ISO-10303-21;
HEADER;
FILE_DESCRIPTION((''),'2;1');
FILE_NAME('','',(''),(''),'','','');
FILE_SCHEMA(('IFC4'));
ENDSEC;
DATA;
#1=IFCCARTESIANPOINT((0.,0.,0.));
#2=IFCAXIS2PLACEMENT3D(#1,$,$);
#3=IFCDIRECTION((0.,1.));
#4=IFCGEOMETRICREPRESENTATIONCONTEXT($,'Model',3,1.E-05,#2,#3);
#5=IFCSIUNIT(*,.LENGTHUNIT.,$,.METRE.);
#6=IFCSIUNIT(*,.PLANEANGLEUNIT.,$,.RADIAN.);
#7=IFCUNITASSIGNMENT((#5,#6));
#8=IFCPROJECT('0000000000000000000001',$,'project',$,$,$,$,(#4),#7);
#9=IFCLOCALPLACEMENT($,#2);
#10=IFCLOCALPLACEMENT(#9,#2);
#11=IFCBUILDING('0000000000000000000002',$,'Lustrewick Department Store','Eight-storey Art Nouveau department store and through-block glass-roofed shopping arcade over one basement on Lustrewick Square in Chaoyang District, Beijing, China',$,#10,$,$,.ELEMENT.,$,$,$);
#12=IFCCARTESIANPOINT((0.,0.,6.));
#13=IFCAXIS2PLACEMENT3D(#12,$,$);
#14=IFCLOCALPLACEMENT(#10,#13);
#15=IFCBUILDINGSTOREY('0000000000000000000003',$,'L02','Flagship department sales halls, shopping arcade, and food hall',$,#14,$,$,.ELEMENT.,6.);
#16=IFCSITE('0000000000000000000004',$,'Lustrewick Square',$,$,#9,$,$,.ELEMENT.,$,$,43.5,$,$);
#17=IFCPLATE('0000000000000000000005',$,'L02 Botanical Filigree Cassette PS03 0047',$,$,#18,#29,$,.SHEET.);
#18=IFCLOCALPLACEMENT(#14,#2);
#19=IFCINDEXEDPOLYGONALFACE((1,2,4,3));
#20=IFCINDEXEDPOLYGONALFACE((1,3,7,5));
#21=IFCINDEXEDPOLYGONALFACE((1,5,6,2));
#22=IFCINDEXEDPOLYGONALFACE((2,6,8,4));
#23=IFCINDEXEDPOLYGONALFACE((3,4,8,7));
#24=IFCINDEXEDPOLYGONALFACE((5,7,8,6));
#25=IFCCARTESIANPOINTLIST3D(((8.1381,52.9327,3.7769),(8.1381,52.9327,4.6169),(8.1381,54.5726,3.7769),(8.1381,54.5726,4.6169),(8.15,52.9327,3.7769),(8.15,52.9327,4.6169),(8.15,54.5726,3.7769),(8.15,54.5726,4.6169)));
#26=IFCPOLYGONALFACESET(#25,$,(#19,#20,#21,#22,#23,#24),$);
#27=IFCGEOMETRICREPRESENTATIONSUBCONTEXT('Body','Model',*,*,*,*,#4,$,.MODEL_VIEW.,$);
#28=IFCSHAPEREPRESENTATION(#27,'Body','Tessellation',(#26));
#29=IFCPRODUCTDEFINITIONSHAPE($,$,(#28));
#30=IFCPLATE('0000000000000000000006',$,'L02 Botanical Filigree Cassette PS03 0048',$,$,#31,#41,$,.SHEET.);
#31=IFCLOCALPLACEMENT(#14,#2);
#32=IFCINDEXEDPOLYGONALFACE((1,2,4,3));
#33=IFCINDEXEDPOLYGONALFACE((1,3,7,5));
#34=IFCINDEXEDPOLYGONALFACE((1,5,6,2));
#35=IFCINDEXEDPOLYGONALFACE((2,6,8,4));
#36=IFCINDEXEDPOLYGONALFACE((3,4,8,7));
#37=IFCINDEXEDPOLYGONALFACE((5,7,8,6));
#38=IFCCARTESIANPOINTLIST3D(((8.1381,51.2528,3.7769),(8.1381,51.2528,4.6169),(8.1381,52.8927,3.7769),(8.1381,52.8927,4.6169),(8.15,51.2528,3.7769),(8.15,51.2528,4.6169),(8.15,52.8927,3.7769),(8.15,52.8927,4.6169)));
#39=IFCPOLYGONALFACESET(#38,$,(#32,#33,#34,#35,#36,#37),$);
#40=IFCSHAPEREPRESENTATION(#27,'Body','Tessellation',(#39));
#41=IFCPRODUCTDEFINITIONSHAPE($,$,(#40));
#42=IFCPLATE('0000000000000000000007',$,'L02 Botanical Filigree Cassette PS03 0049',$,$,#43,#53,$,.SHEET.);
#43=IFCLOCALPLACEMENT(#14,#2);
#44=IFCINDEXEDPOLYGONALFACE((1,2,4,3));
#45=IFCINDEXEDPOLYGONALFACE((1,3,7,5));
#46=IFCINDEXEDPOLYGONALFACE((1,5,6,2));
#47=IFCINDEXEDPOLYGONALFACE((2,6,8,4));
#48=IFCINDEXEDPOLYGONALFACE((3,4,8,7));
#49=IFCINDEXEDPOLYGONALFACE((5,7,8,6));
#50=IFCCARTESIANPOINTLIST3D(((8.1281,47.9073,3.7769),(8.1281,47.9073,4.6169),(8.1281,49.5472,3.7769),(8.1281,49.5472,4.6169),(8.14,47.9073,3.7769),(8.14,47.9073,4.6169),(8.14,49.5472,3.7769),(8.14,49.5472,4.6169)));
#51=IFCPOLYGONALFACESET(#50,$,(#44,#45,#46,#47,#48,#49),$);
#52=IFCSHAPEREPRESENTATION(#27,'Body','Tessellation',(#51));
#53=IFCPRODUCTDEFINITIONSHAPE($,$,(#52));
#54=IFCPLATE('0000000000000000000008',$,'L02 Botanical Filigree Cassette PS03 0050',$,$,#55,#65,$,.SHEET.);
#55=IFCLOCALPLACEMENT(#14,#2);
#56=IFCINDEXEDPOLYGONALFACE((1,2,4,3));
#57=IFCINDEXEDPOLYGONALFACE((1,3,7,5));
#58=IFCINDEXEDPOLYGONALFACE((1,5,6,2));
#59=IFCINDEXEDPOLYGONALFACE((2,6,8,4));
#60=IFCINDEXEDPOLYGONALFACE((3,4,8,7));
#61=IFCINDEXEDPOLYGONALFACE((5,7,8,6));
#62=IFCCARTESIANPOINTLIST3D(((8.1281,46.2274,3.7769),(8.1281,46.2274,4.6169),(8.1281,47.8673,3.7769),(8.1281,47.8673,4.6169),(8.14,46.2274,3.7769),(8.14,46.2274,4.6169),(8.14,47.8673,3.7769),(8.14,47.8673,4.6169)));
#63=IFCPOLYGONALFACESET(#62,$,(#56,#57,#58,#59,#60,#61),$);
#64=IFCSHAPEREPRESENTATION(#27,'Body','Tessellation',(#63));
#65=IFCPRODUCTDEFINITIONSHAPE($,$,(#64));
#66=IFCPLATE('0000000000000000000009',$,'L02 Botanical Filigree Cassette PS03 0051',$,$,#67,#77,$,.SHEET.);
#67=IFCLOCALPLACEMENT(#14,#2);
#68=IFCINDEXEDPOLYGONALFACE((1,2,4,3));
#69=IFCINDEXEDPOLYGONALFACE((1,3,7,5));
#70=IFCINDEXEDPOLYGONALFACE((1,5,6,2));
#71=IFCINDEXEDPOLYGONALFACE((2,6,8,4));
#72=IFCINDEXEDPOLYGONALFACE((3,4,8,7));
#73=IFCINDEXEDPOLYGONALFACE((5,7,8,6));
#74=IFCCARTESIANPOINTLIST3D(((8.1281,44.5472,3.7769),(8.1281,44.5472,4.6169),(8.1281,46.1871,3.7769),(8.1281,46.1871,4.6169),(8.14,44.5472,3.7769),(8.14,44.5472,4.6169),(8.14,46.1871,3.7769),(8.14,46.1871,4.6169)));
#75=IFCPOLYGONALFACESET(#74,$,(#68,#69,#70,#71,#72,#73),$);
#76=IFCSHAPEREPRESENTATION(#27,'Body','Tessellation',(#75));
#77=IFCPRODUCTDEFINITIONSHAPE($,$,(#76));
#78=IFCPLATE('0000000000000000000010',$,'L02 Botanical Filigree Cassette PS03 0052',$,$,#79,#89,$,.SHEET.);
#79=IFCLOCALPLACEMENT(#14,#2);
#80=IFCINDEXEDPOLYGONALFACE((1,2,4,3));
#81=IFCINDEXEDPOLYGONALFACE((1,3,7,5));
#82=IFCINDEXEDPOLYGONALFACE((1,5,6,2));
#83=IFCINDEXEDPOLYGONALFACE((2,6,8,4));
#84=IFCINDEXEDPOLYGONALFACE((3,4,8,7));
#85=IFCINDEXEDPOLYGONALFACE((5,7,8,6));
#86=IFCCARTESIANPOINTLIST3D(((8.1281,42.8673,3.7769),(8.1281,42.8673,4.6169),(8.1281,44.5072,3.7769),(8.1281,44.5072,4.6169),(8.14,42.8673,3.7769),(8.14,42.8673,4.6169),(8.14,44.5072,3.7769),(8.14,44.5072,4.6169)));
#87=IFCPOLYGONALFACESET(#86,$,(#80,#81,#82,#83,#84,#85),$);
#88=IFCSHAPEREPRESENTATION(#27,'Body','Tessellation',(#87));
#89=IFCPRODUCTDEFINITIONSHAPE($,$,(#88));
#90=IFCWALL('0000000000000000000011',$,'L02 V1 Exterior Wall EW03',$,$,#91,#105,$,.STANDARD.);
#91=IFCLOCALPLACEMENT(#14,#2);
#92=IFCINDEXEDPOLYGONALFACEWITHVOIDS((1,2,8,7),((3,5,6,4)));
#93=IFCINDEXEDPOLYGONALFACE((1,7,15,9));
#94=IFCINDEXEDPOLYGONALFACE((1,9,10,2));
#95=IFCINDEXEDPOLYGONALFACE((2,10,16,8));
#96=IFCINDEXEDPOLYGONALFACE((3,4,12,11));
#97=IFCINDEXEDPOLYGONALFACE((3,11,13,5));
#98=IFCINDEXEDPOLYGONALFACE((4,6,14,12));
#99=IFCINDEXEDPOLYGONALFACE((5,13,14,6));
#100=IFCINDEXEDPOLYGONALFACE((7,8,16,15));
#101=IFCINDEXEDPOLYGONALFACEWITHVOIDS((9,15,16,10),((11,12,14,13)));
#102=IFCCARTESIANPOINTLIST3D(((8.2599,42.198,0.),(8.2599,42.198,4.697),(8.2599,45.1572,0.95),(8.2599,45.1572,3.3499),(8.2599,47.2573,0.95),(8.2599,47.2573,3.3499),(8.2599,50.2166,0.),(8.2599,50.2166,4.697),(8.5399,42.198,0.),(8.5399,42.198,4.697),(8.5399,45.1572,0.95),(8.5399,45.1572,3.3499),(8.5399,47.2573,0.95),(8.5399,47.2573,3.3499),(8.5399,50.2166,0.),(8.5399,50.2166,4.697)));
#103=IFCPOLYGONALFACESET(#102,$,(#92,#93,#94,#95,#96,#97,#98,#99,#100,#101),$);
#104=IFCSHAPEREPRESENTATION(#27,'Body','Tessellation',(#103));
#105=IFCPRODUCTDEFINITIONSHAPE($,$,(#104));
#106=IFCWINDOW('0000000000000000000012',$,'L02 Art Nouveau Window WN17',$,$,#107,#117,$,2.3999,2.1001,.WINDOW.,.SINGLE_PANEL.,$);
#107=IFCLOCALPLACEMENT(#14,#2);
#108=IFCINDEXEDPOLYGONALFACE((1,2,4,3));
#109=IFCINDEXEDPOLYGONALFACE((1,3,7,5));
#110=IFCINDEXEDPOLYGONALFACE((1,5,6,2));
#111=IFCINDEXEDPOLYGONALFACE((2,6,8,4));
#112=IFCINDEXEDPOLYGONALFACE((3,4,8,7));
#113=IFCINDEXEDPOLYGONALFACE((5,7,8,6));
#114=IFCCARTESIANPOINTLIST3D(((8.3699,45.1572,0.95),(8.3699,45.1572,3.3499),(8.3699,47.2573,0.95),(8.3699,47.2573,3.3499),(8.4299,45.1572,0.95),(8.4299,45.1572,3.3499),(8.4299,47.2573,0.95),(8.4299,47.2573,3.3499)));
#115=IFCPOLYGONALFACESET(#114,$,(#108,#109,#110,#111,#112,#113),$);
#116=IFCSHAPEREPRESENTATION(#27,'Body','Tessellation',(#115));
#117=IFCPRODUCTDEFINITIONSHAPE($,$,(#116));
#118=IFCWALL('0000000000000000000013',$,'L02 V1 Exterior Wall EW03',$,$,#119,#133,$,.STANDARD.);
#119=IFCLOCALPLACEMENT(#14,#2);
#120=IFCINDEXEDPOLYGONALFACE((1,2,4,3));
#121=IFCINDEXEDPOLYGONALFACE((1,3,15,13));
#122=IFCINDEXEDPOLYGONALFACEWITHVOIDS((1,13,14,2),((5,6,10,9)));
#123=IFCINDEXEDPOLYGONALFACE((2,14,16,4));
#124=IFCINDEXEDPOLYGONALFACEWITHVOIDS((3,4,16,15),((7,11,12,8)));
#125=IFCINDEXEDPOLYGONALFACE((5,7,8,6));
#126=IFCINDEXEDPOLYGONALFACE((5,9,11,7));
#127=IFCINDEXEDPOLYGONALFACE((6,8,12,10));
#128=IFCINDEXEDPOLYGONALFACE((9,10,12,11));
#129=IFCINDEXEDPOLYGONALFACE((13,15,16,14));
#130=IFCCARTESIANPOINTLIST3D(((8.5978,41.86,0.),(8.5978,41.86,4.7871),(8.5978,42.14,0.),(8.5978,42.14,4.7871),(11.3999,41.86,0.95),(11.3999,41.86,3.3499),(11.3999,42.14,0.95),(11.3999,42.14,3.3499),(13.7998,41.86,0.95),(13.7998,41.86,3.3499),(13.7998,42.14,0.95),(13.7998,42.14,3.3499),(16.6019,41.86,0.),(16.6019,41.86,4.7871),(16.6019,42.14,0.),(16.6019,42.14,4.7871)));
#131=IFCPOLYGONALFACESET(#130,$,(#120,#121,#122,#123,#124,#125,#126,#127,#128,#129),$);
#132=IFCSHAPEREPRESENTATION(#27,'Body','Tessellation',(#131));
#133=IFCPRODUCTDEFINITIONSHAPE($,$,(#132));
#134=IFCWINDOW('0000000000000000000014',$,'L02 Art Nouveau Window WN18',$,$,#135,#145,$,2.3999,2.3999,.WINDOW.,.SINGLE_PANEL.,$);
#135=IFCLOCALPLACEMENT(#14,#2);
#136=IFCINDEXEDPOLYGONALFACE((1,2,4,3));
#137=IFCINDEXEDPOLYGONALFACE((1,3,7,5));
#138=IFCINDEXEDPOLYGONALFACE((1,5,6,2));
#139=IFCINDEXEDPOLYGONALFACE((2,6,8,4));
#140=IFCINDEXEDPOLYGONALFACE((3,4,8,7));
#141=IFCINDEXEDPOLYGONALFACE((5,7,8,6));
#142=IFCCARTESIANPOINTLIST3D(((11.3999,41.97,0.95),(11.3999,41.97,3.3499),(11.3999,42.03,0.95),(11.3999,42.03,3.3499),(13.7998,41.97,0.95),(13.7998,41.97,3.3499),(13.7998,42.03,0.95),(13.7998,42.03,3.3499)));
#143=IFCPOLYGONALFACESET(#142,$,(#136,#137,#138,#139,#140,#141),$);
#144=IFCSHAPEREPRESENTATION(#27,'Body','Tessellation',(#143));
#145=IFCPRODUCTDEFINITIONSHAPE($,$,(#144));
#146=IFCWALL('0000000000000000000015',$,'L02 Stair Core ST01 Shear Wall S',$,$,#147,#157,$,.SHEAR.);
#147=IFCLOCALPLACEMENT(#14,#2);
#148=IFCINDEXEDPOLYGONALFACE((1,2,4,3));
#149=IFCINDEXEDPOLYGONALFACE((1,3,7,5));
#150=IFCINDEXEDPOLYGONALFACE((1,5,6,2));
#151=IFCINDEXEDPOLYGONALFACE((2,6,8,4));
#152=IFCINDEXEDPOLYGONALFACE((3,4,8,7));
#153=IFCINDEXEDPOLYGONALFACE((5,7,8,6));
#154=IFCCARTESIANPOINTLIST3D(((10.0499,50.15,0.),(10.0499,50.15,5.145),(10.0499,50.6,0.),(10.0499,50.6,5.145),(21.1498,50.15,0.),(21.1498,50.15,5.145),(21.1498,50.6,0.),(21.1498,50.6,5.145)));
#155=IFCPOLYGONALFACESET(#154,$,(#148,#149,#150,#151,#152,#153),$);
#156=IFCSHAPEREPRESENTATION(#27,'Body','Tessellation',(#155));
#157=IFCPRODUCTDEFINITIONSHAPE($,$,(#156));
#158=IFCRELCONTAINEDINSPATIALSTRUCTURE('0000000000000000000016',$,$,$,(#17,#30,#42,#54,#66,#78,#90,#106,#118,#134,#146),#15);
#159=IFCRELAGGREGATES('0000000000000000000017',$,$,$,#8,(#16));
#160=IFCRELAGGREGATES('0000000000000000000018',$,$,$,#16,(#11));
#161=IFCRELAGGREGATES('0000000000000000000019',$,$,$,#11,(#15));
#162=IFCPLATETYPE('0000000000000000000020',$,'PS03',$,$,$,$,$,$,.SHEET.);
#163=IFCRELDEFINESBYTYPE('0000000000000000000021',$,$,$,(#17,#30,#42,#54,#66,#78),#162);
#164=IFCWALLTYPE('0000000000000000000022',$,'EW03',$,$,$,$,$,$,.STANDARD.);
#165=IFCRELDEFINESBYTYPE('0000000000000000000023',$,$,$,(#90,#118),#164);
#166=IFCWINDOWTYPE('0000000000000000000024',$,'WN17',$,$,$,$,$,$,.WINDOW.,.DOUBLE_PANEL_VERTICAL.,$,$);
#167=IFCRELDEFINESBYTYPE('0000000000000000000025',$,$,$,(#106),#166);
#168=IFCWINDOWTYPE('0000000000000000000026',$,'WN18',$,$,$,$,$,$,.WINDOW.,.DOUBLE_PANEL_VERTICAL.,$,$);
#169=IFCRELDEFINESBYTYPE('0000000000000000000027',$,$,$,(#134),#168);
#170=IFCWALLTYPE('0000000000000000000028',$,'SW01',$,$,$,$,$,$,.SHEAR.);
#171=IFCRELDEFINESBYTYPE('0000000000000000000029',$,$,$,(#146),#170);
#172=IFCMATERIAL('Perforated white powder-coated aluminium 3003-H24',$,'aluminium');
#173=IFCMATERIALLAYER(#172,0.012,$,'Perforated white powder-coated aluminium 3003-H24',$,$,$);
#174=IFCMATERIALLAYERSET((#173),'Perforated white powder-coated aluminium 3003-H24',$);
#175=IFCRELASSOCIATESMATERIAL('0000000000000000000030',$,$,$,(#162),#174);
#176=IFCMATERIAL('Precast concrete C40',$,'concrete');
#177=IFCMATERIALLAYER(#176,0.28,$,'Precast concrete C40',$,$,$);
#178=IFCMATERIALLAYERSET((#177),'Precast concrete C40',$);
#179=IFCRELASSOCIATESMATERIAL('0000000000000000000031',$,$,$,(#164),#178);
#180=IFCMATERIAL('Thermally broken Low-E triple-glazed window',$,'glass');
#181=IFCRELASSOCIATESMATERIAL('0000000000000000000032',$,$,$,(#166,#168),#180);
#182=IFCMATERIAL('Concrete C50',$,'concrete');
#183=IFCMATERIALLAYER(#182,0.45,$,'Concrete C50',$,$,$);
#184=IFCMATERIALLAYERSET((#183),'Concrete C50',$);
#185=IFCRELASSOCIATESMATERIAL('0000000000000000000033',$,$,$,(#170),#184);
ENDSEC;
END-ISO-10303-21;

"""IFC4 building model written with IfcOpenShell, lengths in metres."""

from ifc_helpers import new_model, si_unit, direction, frame, frame_2d, origin, origin_2d, place, context, subcontext, project, spatial, rectangle, extrude, material, layer, layer_set, type_object, element, fill, save


model = new_model("IFC4")

# Units and contexts
model_context = context("Model", 3, precision=1e-05, world=origin(), true_north=direction((0.0, 1.0)))
body_context = subcontext(model_context, "Body", "Model", "MODEL_VIEW")
ifc_project = project(units=[si_unit("LENGTHUNIT", "METRE"), si_unit("PLANEANGLEUNIT", "RADIAN")], contexts=[model_context])

# Site, building, storey
site_placement = place(None, origin())
site = spatial("IfcSite", under=ifc_project, at=site_placement, Name="Lustrewick Square", CompositionType="ELEMENT", RefElevation=43.5)
building_placement = place(site_placement, origin())
building = spatial("IfcBuilding", under=site, at=building_placement, Name="Lustrewick Department Store", Description="Eight-storey Art Nouveau department store and through-block glass-roofed shopping arcade over one basement on Lustrewick Square in Chaoyang District, Beijing, China", CompositionType="ELEMENT")
storey_placement = place(building_placement, frame((0.0, 0.0, 6.0)))
storey = spatial("IfcBuildingStorey", under=building, at=storey_placement, Name="L02", Description="Flagship department sales halls, shopping arcade, and food hall", CompositionType="ELEMENT", Elevation=6.0)

# Plates
ifc_material_1 = material(Name="Perforated white powder-coated aluminium 3003-H24", Category="aluminium")
ifc_layer_1 = layer(ifc_material_1, 0.012, Name="Perforated white powder-coated aluminium 3003-H24")
ifc_layer_set_1 = layer_set([ifc_layer_1], Name="Perforated white powder-coated aluminium 3003-H24")
plate_type = type_object("IfcPlateType", Name="PS03", PredefinedType="SHEET", material=ifc_layer_set_1)
for number, where, z_axis, x_axis, name in (
    (1, (8.144, 53.7527, 3.7769), (0.0, 0.0, 1.0), (0.0, -1.0, 0.0), "L02 Botanical Filigree Cassette PS03 0047"),
    (2, (8.144, 52.0728, 3.7769), (0.0, 0.0, 1.0), (0.0, -1.0, 0.0), "L02 Botanical Filigree Cassette PS03 0048"),
    (3, (8.134, 48.7273, 3.7769), (0.0, 0.0, 1.0), (0.0, -1.0, 0.0), "L02 Botanical Filigree Cassette PS03 0049"),
    (4, (8.134, 47.0474, 3.7769), (0.0, 0.0, 1.0), (0.0, -1.0, 0.0), "L02 Botanical Filigree Cassette PS03 0050"),
    (5, (8.134, 45.3672, 3.7769), (0.0, 0.0, 1.0), (0.0, -1.0, 0.0), "L02 Botanical Filigree Cassette PS03 0051"),
    (6, (8.134, 43.6873, 3.7769), (0.0, 0.0, 1.0), (0.0, -1.0, 0.0), "L02 Botanical Filigree Cassette PS03 0052"),
):
    element("IfcPlate", number, at=place(storey_placement, frame(where, z_axis=z_axis, x_axis=x_axis)), inside=storey, type_object=plate_type, Name=name, PredefinedType="SHEET", context=body_context, shape_type="SweptSolid", body=[
        extrude(rectangle(XDim=1.6399, YDim=0.012, at=origin_2d()), origin(), (0.0, 0.0, 1.0), 0.8401),
    ])

# Walls, openings, windows
ifc_material_2 = material(Name="Precast concrete C40", Category="concrete")
ifc_layer_2 = layer(ifc_material_2, 0.28, Name="Precast concrete C40")
ifc_layer_set_2 = layer_set([ifc_layer_2], Name="Precast concrete C40")
wall_type_1 = type_object("IfcWallType", Name="EW03", PredefinedType="STANDARD", material=ifc_layer_set_2)
wall_1_placement = place(storey_placement, frame((8.3999, 50.2166, 0.0), z_axis=(0.0, 0.0, 1.0), x_axis=(0.0, -1.0, 0.0)))
wall_1 = element("IfcWall", 7, at=wall_1_placement, inside=storey, type_object=wall_type_1, Name="L02 V1 Exterior Wall EW03", PredefinedType="STANDARD", context=body_context, shape_type="SweptSolid", body=[
    extrude(rectangle(XDim=8.0186, YDim=0.28, at=frame_2d((4.0093, 0.0))), origin(), (0.0, 0.0, 1.0), 4.697),
])
opening_1_placement = place(wall_1_placement, frame((2.9592, 0.0, 0.95)))
opening_1 = element("IfcOpeningElement", 8, at=opening_1_placement, cuts=wall_1, PredefinedType="OPENING", context=body_context, shape_type="SweptSolid", body=[
    extrude(rectangle(XDim=2.1001, YDim=2.3999, at=frame_2d((1.05, 1.2))), frame((0.0, 0.1499, 0.0), z_axis=(0.0, -1.0, 0.0), x_axis=(1.0, 0.0, 0.0)), (0.0, 0.0, 1.0), 0.3),
])
ifc_material_3 = material(Name="Thermally broken Low-E triple-glazed window", Category="glass")
window_type_1 = type_object("IfcWindowType", Name="WN17", PartitioningType="DOUBLE_PANEL_VERTICAL", PredefinedType="WINDOW", material=ifc_material_3)
window_1_placement = place(opening_1_placement, origin())
window_1 = element("IfcWindow", 9, at=window_1_placement, inside=storey, type_object=window_type_1, Name="L02 Art Nouveau Window WN17", OverallHeight=2.3999, OverallWidth=2.1001, PartitioningType="SINGLE_PANEL", PredefinedType="WINDOW", context=body_context, shape_type="SweptSolid", body=[
    extrude(rectangle(XDim=2.1001, YDim=2.3999, at=frame_2d((1.05, 1.2))), frame((0.0, 0.03, 0.0), z_axis=(0.0, -1.0, 0.0), x_axis=(1.0, 0.0, 0.0)), (0.0, 0.0, 1.0), 0.0601),
])
fill(opening_1, window_1)
wall_2_placement = place(storey_placement, frame((8.5979, 42.0, 0.0), z_axis=(0.0, 0.0, 1.0), x_axis=(1.0, 0.0, 0.0)))
wall_2 = element("IfcWall", 10, at=wall_2_placement, inside=storey, type_object=wall_type_1, Name="L02 V1 Exterior Wall EW03", PredefinedType="STANDARD", context=body_context, shape_type="SweptSolid", body=[
    extrude(rectangle(XDim=8.0042, YDim=0.28, at=frame_2d((4.002, 0.0))), origin(), (0.0, 0.0, 1.0), 4.7871),
])
opening_2_placement = place(wall_2_placement, frame((2.802, 0.0, 0.95)))
opening_2 = element("IfcOpeningElement", 11, at=opening_2_placement, cuts=wall_2, PredefinedType="OPENING", context=body_context, shape_type="SweptSolid", body=[
    extrude(rectangle(XDim=2.3999, YDim=2.3999, at=frame_2d((1.2, 1.2))), frame((0.0, 0.1499, 0.0), z_axis=(0.0, -1.0, 0.0), x_axis=(1.0, 0.0, 0.0)), (0.0, 0.0, 1.0), 0.3),
])
window_type_2 = type_object("IfcWindowType", Name="WN18", PartitioningType="DOUBLE_PANEL_VERTICAL", PredefinedType="WINDOW", material=ifc_material_3)
window_2_placement = place(opening_2_placement, origin())
window_2 = element("IfcWindow", 12, at=window_2_placement, inside=storey, type_object=window_type_2, Name="L02 Art Nouveau Window WN18", OverallHeight=2.3999, OverallWidth=2.3999, PartitioningType="SINGLE_PANEL", PredefinedType="WINDOW", context=body_context, shape_type="SweptSolid", body=[
    extrude(rectangle(XDim=2.3999, YDim=2.3999, at=frame_2d((1.2, 1.2))), frame((0.0, 0.03, 0.0), z_axis=(0.0, -1.0, 0.0), x_axis=(1.0, 0.0, 0.0)), (0.0, 0.0, 1.0), 0.0601),
])
fill(opening_2, window_2)

# Wall
ifc_material_4 = material(Name="Concrete C50", Category="concrete")
ifc_layer_3 = layer(ifc_material_4, 0.45, Name="Concrete C50")
ifc_layer_set_3 = layer_set([ifc_layer_3], Name="Concrete C50")
wall_type_2 = type_object("IfcWallType", Name="SW01", PredefinedType="SHEAR", material=ifc_layer_set_3)
wall_3_placement = place(storey_placement, frame((10.05, 50.375, 0.0), z_axis=(0.0, 0.0, 1.0), x_axis=(1.0, 0.0, 0.0)))
element("IfcWall", 13, at=wall_3_placement, inside=storey, type_object=wall_type_2, Name="L02 Stair Core ST01 Shear Wall S", PredefinedType="SHEAR", context=body_context, shape_type="SweptSolid", body=[
    extrude(rectangle(XDim=11.0999, YDim=0.45, at=frame_2d((5.5498, 0.0))), origin(), (0.0, 0.0, 1.0), 5.145),
])

save(model, "model.ifc")
